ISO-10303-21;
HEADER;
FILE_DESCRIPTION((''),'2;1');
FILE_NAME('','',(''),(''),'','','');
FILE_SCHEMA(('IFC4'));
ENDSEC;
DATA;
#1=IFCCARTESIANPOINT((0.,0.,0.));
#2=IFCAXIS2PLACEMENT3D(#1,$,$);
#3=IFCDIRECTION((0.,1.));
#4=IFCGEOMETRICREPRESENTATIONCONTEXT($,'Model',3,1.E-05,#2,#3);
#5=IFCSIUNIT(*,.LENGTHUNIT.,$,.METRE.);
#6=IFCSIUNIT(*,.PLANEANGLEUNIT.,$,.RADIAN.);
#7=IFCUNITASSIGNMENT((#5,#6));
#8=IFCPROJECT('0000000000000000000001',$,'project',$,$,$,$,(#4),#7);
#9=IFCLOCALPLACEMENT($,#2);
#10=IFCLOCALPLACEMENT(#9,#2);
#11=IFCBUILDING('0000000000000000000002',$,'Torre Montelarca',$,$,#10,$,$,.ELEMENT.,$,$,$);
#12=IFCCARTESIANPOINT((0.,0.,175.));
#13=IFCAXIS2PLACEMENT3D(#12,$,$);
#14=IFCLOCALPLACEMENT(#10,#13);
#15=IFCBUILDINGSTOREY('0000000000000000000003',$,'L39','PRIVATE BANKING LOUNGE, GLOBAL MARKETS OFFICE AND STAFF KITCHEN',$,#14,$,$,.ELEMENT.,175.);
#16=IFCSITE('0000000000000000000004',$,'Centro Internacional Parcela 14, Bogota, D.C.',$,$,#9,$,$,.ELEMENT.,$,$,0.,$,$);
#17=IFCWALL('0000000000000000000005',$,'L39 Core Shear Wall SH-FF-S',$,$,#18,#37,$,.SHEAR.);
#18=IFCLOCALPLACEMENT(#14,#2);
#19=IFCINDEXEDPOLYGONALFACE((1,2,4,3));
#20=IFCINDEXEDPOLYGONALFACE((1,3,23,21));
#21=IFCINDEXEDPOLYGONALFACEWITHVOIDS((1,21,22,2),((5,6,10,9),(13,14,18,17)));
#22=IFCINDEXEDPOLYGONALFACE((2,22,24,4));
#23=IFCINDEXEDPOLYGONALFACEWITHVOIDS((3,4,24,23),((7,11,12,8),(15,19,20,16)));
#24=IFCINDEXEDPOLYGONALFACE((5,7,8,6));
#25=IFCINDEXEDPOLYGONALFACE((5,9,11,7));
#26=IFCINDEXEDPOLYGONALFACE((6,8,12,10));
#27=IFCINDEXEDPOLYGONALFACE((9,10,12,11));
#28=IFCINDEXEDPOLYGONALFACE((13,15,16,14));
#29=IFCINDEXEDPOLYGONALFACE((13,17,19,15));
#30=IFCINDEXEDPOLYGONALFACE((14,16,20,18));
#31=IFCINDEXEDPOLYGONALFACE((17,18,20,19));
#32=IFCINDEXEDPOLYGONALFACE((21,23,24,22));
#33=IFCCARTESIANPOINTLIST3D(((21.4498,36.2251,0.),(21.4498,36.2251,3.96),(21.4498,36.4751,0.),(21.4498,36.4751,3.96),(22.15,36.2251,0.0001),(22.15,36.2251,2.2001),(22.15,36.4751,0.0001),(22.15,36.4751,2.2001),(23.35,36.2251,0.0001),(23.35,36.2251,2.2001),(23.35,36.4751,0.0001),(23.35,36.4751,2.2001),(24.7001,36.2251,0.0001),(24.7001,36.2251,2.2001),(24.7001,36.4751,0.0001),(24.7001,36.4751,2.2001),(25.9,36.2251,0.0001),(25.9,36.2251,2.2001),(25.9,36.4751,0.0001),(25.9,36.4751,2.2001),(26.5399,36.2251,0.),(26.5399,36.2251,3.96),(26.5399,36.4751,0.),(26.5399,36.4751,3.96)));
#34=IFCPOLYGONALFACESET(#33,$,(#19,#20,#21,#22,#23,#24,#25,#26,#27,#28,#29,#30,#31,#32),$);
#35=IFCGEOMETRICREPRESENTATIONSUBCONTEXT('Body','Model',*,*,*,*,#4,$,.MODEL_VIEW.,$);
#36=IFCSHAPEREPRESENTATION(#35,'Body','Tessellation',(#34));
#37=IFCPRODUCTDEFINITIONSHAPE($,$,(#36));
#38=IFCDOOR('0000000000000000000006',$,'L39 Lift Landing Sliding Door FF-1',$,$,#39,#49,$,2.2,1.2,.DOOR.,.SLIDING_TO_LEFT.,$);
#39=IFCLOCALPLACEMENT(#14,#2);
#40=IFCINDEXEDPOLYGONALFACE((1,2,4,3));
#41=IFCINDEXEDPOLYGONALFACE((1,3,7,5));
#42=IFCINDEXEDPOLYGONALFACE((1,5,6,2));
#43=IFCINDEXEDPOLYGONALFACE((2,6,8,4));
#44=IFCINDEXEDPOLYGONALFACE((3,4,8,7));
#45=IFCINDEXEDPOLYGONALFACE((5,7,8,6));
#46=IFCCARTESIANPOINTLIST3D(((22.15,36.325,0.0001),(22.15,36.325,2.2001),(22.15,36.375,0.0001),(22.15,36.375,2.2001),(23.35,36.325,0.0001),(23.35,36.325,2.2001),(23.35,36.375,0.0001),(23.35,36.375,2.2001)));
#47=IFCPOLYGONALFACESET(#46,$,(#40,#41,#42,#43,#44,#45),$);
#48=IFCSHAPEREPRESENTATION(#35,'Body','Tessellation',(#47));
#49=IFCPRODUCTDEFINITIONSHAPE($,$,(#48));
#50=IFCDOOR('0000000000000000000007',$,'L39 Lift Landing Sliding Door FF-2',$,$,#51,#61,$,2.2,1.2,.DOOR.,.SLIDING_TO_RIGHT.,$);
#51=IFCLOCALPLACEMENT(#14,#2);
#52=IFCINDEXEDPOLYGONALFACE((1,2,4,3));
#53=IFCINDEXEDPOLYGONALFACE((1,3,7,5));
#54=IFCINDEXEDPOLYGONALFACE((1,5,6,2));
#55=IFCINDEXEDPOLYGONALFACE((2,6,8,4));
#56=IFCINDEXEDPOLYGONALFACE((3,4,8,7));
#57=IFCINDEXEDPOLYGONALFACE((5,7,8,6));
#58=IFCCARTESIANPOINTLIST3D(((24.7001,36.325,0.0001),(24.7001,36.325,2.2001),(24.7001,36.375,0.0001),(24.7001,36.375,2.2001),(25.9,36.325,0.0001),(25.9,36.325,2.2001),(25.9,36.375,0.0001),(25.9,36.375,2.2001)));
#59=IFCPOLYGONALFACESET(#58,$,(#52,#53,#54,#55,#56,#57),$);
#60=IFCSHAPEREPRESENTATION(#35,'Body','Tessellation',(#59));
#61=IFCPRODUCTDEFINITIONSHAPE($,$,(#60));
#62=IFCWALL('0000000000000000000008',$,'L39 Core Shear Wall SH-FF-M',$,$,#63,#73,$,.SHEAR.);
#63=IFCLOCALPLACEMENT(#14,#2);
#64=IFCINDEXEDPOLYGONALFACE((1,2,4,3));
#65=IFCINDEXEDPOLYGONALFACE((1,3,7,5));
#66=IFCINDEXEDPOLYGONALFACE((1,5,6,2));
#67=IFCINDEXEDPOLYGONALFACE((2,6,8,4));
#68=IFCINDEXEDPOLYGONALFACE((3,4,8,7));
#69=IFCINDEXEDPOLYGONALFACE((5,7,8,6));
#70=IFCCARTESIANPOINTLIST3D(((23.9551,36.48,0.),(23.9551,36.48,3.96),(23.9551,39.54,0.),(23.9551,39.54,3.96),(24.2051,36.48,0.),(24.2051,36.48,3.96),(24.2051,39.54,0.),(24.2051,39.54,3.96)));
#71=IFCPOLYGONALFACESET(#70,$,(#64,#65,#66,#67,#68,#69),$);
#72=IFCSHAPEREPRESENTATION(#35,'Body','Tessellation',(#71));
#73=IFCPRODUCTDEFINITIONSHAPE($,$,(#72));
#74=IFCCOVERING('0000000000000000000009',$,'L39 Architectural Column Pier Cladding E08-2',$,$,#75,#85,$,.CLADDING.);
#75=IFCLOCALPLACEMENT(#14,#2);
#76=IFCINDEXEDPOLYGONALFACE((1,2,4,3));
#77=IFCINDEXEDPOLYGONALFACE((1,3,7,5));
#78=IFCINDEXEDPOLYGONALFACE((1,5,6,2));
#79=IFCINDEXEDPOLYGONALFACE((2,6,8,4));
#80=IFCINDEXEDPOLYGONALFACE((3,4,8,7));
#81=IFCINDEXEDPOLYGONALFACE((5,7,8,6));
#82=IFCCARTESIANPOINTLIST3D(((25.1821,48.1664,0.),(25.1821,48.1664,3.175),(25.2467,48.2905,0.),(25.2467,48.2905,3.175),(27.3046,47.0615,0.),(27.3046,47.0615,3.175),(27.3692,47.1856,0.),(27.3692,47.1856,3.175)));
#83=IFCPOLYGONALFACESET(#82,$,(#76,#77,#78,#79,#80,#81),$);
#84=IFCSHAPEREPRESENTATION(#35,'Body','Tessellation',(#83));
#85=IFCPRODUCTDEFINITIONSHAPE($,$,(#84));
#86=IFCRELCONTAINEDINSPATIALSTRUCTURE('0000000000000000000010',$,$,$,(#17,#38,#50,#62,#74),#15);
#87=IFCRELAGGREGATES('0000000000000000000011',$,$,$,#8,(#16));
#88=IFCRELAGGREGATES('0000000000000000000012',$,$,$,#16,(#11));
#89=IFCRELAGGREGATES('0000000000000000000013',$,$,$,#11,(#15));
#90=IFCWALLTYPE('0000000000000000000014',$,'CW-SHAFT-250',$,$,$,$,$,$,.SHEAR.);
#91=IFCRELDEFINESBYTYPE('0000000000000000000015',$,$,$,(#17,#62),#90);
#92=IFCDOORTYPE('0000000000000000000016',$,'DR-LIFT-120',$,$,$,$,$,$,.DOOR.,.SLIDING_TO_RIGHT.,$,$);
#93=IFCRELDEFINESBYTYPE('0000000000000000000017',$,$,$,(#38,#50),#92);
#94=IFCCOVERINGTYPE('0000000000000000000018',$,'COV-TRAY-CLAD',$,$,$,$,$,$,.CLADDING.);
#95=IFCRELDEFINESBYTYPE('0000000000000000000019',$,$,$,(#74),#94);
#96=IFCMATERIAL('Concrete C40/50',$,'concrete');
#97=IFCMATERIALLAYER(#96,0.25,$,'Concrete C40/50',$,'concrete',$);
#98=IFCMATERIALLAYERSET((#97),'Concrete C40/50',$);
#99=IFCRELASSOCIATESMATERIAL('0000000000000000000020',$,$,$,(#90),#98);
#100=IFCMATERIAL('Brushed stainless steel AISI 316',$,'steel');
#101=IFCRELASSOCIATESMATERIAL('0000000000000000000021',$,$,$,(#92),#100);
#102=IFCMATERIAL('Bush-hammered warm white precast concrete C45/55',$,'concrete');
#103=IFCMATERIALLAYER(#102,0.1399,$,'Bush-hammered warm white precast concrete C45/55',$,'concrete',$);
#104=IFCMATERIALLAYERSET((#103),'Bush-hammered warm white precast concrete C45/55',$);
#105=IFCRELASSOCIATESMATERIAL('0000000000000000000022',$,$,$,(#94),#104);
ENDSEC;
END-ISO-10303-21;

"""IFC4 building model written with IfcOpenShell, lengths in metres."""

from ifc_helpers import new_model, si_unit, direction, frame, frame_2d, origin, origin_2d, place, context, subcontext, project, spatial, rectangle, extrude, source, transform, mapped, material, layer, layer_set, type_object, element, fill, save


model = new_model("IFC4")

# Units and contexts
model_context = context("Model", 3, precision=1e-05, world=origin(), true_north=direction((0.0, 1.0)))
body_context = subcontext(model_context, "Body", "Model", "MODEL_VIEW")
ifc_project = project(units=[si_unit("LENGTHUNIT", "METRE"), si_unit("PLANEANGLEUNIT", "RADIAN")], contexts=[model_context])

# Site, building, storey
site_placement = place(None, origin())
site = spatial("IfcSite", under=ifc_project, at=site_placement, Name="Centro Internacional Parcela 14, Bogota, D.C.", CompositionType="ELEMENT", RefElevation=0.0)
building_placement = place(site_placement, origin())
building = spatial("IfcBuilding", under=site, at=building_placement, Name="Torre Montelarca", CompositionType="ELEMENT")
storey_placement = place(building_placement, frame((0.0, 0.0, 175.0)))
storey = spatial("IfcBuildingStorey", under=building, at=storey_placement, Name="L39", Description="PRIVATE BANKING LOUNGE, GLOBAL MARKETS OFFICE AND STAFF KITCHEN", CompositionType="ELEMENT", Elevation=175.0)

# Wall, openings, doors
ifc_material_1 = material(Name="Concrete C40/50", Category="concrete")
ifc_layer_1 = layer(ifc_material_1, 0.25, Name="Concrete C40/50", Category="concrete")
ifc_layer_set_1 = layer_set([ifc_layer_1], Name="Concrete C40/50")
wall_type = type_object("IfcWallType", Name="CW-SHAFT-250", PredefinedType="SHEAR", material=ifc_layer_set_1)
wall_1_placement = place(storey_placement, frame((21.45, 36.3501, 0.0), z_axis=(0.0, 0.0, 1.0), x_axis=(1.0, 0.0, 0.0)))
wall_1 = element("IfcWall", 1, at=wall_1_placement, inside=storey, type_object=wall_type, Name="L39 Core Shear Wall SH-FF-S", PredefinedType="SHEAR", context=body_context, shape_type="SweptSolid", body=[
    extrude(rectangle(XDim=5.0901, YDim=0.25, at=frame_2d((2.5449, 0.0))), origin(), (0.0, 0.0, 1.0), 3.96),
])
opening_1_placement = place(wall_1_placement, frame((0.7, 0.0, 0.0)))
opening_1 = element("IfcOpeningElement", 2, at=opening_1_placement, cuts=wall_1, PredefinedType="OPENING", context=body_context, shape_type="SweptSolid", body=[
    extrude(rectangle(XDim=1.2, YDim=2.2, at=frame_2d((0.6001, 1.1001))), frame((0.0, 0.135, 0.0), z_axis=(0.0, -1.0, 0.0), x_axis=(1.0, 0.0, 0.0)), (0.0, 0.0, 1.0), 0.27),
])
opening_2_placement = place(wall_1_placement, frame((3.25, 0.0, 0.0)))
opening_2 = element("IfcOpeningElement", 3, at=opening_2_placement, cuts=wall_1, PredefinedType="OPENING", context=body_context, shape_type="SweptSolid", body=[
    extrude(rectangle(XDim=1.2, YDim=2.2, at=frame_2d((0.6001, 1.1001))), frame((0.0, 0.135, 0.0), z_axis=(0.0, -1.0, 0.0), x_axis=(1.0, 0.0, 0.0)), (0.0, 0.0, 1.0), 0.27),
])
ifc_material_2 = material(Name="Brushed stainless steel AISI 316", Category="steel")
door_type = type_object("IfcDoorType", Name="DR-LIFT-120", OperationType="SLIDING_TO_RIGHT", PredefinedType="DOOR", material=ifc_material_2)
shared_shape_1 = source(origin(), body_context, "Body", "SweptSolid", [
    extrude(rectangle(XDim=1.2, YDim=2.2, at=frame_2d((0.6001, 1.1001))), frame((0.0, 0.0249, 0.0), z_axis=(0.0, -1.0, 0.0), x_axis=(1.0, 0.0, 0.0)), (0.0, 0.0, 1.0), 0.05),
])
door_1_placement = place(opening_1_placement, origin())
door_1 = element("IfcDoor", 4, at=door_1_placement, inside=storey, type_object=door_type, Name="L39 Lift Landing Sliding Door FF-1", OperationType="SLIDING_TO_LEFT", OverallHeight=2.2, OverallWidth=1.2, PredefinedType="DOOR", context=body_context, shape_type="MappedRepresentation", body=[
    mapped(shared_shape_1, transform((0.0, 0.0, 0.0), scale=1.0)),
])
fill(opening_1, door_1)
door_2_placement = place(opening_2_placement, origin())
door_2 = element("IfcDoor", 5, at=door_2_placement, inside=storey, type_object=door_type, Name="L39 Lift Landing Sliding Door FF-2", OperationType="SLIDING_TO_RIGHT", OverallHeight=2.2, OverallWidth=1.2, PredefinedType="DOOR", context=body_context, shape_type="MappedRepresentation", body=[
    mapped(shared_shape_1, transform((0.0, 0.0, 0.0), scale=1.0)),
])
fill(opening_2, door_2)

# Wall
wall_2_placement = place(storey_placement, frame((24.0801, 36.48, 0.0), z_axis=(0.0, 0.0, 1.0), x_axis=(0.0, 1.0, 0.0)))
element("IfcWall", 6, at=wall_2_placement, inside=storey, type_object=wall_type, Name="L39 Core Shear Wall SH-FF-M", PredefinedType="SHEAR", context=body_context, shape_type="SweptSolid", body=[
    extrude(rectangle(XDim=3.0601, YDim=0.25, at=frame_2d((1.53, 0.0))), origin(), (0.0, 0.0, 1.0), 3.96),
])

# Covering
ifc_material_3 = material(Name="Bush-hammered warm white precast concrete C45/55", Category="concrete")
ifc_layer_2 = layer(ifc_material_3, 0.1399, Name="Bush-hammered warm white precast concrete C45/55", Category="concrete")
ifc_layer_set_2 = layer_set([ifc_layer_2], Name="Bush-hammered warm white precast concrete C45/55")
covering_type = type_object("IfcCoveringType", Name="COV-TRAY-CLAD", PredefinedType="CLADDING", material=ifc_layer_set_2)
shared_shape_2 = source(origin(), body_context, "Body", "SweptSolid", [
    extrude(rectangle(XDim=2.3928, YDim=0.1399, at=origin_2d()), origin(), (0.0, 0.0, 1.0), 3.175),
])
covering_placement = place(storey_placement, frame((26.2756, 47.676, 0.0), z_axis=(0.0, 0.0, 1.0), x_axis=(-0.887011, 0.461749, 0.0)))
element("IfcCovering", 7, at=covering_placement, inside=storey, type_object=covering_type, Name="L39 Architectural Column Pier Cladding E08-2", PredefinedType="CLADDING", context=body_context, shape_type="MappedRepresentation", body=[
    mapped(shared_shape_2, transform((0.0, 0.0, 0.0), scale=1.0)),
])

save(model, "model.ifc")
